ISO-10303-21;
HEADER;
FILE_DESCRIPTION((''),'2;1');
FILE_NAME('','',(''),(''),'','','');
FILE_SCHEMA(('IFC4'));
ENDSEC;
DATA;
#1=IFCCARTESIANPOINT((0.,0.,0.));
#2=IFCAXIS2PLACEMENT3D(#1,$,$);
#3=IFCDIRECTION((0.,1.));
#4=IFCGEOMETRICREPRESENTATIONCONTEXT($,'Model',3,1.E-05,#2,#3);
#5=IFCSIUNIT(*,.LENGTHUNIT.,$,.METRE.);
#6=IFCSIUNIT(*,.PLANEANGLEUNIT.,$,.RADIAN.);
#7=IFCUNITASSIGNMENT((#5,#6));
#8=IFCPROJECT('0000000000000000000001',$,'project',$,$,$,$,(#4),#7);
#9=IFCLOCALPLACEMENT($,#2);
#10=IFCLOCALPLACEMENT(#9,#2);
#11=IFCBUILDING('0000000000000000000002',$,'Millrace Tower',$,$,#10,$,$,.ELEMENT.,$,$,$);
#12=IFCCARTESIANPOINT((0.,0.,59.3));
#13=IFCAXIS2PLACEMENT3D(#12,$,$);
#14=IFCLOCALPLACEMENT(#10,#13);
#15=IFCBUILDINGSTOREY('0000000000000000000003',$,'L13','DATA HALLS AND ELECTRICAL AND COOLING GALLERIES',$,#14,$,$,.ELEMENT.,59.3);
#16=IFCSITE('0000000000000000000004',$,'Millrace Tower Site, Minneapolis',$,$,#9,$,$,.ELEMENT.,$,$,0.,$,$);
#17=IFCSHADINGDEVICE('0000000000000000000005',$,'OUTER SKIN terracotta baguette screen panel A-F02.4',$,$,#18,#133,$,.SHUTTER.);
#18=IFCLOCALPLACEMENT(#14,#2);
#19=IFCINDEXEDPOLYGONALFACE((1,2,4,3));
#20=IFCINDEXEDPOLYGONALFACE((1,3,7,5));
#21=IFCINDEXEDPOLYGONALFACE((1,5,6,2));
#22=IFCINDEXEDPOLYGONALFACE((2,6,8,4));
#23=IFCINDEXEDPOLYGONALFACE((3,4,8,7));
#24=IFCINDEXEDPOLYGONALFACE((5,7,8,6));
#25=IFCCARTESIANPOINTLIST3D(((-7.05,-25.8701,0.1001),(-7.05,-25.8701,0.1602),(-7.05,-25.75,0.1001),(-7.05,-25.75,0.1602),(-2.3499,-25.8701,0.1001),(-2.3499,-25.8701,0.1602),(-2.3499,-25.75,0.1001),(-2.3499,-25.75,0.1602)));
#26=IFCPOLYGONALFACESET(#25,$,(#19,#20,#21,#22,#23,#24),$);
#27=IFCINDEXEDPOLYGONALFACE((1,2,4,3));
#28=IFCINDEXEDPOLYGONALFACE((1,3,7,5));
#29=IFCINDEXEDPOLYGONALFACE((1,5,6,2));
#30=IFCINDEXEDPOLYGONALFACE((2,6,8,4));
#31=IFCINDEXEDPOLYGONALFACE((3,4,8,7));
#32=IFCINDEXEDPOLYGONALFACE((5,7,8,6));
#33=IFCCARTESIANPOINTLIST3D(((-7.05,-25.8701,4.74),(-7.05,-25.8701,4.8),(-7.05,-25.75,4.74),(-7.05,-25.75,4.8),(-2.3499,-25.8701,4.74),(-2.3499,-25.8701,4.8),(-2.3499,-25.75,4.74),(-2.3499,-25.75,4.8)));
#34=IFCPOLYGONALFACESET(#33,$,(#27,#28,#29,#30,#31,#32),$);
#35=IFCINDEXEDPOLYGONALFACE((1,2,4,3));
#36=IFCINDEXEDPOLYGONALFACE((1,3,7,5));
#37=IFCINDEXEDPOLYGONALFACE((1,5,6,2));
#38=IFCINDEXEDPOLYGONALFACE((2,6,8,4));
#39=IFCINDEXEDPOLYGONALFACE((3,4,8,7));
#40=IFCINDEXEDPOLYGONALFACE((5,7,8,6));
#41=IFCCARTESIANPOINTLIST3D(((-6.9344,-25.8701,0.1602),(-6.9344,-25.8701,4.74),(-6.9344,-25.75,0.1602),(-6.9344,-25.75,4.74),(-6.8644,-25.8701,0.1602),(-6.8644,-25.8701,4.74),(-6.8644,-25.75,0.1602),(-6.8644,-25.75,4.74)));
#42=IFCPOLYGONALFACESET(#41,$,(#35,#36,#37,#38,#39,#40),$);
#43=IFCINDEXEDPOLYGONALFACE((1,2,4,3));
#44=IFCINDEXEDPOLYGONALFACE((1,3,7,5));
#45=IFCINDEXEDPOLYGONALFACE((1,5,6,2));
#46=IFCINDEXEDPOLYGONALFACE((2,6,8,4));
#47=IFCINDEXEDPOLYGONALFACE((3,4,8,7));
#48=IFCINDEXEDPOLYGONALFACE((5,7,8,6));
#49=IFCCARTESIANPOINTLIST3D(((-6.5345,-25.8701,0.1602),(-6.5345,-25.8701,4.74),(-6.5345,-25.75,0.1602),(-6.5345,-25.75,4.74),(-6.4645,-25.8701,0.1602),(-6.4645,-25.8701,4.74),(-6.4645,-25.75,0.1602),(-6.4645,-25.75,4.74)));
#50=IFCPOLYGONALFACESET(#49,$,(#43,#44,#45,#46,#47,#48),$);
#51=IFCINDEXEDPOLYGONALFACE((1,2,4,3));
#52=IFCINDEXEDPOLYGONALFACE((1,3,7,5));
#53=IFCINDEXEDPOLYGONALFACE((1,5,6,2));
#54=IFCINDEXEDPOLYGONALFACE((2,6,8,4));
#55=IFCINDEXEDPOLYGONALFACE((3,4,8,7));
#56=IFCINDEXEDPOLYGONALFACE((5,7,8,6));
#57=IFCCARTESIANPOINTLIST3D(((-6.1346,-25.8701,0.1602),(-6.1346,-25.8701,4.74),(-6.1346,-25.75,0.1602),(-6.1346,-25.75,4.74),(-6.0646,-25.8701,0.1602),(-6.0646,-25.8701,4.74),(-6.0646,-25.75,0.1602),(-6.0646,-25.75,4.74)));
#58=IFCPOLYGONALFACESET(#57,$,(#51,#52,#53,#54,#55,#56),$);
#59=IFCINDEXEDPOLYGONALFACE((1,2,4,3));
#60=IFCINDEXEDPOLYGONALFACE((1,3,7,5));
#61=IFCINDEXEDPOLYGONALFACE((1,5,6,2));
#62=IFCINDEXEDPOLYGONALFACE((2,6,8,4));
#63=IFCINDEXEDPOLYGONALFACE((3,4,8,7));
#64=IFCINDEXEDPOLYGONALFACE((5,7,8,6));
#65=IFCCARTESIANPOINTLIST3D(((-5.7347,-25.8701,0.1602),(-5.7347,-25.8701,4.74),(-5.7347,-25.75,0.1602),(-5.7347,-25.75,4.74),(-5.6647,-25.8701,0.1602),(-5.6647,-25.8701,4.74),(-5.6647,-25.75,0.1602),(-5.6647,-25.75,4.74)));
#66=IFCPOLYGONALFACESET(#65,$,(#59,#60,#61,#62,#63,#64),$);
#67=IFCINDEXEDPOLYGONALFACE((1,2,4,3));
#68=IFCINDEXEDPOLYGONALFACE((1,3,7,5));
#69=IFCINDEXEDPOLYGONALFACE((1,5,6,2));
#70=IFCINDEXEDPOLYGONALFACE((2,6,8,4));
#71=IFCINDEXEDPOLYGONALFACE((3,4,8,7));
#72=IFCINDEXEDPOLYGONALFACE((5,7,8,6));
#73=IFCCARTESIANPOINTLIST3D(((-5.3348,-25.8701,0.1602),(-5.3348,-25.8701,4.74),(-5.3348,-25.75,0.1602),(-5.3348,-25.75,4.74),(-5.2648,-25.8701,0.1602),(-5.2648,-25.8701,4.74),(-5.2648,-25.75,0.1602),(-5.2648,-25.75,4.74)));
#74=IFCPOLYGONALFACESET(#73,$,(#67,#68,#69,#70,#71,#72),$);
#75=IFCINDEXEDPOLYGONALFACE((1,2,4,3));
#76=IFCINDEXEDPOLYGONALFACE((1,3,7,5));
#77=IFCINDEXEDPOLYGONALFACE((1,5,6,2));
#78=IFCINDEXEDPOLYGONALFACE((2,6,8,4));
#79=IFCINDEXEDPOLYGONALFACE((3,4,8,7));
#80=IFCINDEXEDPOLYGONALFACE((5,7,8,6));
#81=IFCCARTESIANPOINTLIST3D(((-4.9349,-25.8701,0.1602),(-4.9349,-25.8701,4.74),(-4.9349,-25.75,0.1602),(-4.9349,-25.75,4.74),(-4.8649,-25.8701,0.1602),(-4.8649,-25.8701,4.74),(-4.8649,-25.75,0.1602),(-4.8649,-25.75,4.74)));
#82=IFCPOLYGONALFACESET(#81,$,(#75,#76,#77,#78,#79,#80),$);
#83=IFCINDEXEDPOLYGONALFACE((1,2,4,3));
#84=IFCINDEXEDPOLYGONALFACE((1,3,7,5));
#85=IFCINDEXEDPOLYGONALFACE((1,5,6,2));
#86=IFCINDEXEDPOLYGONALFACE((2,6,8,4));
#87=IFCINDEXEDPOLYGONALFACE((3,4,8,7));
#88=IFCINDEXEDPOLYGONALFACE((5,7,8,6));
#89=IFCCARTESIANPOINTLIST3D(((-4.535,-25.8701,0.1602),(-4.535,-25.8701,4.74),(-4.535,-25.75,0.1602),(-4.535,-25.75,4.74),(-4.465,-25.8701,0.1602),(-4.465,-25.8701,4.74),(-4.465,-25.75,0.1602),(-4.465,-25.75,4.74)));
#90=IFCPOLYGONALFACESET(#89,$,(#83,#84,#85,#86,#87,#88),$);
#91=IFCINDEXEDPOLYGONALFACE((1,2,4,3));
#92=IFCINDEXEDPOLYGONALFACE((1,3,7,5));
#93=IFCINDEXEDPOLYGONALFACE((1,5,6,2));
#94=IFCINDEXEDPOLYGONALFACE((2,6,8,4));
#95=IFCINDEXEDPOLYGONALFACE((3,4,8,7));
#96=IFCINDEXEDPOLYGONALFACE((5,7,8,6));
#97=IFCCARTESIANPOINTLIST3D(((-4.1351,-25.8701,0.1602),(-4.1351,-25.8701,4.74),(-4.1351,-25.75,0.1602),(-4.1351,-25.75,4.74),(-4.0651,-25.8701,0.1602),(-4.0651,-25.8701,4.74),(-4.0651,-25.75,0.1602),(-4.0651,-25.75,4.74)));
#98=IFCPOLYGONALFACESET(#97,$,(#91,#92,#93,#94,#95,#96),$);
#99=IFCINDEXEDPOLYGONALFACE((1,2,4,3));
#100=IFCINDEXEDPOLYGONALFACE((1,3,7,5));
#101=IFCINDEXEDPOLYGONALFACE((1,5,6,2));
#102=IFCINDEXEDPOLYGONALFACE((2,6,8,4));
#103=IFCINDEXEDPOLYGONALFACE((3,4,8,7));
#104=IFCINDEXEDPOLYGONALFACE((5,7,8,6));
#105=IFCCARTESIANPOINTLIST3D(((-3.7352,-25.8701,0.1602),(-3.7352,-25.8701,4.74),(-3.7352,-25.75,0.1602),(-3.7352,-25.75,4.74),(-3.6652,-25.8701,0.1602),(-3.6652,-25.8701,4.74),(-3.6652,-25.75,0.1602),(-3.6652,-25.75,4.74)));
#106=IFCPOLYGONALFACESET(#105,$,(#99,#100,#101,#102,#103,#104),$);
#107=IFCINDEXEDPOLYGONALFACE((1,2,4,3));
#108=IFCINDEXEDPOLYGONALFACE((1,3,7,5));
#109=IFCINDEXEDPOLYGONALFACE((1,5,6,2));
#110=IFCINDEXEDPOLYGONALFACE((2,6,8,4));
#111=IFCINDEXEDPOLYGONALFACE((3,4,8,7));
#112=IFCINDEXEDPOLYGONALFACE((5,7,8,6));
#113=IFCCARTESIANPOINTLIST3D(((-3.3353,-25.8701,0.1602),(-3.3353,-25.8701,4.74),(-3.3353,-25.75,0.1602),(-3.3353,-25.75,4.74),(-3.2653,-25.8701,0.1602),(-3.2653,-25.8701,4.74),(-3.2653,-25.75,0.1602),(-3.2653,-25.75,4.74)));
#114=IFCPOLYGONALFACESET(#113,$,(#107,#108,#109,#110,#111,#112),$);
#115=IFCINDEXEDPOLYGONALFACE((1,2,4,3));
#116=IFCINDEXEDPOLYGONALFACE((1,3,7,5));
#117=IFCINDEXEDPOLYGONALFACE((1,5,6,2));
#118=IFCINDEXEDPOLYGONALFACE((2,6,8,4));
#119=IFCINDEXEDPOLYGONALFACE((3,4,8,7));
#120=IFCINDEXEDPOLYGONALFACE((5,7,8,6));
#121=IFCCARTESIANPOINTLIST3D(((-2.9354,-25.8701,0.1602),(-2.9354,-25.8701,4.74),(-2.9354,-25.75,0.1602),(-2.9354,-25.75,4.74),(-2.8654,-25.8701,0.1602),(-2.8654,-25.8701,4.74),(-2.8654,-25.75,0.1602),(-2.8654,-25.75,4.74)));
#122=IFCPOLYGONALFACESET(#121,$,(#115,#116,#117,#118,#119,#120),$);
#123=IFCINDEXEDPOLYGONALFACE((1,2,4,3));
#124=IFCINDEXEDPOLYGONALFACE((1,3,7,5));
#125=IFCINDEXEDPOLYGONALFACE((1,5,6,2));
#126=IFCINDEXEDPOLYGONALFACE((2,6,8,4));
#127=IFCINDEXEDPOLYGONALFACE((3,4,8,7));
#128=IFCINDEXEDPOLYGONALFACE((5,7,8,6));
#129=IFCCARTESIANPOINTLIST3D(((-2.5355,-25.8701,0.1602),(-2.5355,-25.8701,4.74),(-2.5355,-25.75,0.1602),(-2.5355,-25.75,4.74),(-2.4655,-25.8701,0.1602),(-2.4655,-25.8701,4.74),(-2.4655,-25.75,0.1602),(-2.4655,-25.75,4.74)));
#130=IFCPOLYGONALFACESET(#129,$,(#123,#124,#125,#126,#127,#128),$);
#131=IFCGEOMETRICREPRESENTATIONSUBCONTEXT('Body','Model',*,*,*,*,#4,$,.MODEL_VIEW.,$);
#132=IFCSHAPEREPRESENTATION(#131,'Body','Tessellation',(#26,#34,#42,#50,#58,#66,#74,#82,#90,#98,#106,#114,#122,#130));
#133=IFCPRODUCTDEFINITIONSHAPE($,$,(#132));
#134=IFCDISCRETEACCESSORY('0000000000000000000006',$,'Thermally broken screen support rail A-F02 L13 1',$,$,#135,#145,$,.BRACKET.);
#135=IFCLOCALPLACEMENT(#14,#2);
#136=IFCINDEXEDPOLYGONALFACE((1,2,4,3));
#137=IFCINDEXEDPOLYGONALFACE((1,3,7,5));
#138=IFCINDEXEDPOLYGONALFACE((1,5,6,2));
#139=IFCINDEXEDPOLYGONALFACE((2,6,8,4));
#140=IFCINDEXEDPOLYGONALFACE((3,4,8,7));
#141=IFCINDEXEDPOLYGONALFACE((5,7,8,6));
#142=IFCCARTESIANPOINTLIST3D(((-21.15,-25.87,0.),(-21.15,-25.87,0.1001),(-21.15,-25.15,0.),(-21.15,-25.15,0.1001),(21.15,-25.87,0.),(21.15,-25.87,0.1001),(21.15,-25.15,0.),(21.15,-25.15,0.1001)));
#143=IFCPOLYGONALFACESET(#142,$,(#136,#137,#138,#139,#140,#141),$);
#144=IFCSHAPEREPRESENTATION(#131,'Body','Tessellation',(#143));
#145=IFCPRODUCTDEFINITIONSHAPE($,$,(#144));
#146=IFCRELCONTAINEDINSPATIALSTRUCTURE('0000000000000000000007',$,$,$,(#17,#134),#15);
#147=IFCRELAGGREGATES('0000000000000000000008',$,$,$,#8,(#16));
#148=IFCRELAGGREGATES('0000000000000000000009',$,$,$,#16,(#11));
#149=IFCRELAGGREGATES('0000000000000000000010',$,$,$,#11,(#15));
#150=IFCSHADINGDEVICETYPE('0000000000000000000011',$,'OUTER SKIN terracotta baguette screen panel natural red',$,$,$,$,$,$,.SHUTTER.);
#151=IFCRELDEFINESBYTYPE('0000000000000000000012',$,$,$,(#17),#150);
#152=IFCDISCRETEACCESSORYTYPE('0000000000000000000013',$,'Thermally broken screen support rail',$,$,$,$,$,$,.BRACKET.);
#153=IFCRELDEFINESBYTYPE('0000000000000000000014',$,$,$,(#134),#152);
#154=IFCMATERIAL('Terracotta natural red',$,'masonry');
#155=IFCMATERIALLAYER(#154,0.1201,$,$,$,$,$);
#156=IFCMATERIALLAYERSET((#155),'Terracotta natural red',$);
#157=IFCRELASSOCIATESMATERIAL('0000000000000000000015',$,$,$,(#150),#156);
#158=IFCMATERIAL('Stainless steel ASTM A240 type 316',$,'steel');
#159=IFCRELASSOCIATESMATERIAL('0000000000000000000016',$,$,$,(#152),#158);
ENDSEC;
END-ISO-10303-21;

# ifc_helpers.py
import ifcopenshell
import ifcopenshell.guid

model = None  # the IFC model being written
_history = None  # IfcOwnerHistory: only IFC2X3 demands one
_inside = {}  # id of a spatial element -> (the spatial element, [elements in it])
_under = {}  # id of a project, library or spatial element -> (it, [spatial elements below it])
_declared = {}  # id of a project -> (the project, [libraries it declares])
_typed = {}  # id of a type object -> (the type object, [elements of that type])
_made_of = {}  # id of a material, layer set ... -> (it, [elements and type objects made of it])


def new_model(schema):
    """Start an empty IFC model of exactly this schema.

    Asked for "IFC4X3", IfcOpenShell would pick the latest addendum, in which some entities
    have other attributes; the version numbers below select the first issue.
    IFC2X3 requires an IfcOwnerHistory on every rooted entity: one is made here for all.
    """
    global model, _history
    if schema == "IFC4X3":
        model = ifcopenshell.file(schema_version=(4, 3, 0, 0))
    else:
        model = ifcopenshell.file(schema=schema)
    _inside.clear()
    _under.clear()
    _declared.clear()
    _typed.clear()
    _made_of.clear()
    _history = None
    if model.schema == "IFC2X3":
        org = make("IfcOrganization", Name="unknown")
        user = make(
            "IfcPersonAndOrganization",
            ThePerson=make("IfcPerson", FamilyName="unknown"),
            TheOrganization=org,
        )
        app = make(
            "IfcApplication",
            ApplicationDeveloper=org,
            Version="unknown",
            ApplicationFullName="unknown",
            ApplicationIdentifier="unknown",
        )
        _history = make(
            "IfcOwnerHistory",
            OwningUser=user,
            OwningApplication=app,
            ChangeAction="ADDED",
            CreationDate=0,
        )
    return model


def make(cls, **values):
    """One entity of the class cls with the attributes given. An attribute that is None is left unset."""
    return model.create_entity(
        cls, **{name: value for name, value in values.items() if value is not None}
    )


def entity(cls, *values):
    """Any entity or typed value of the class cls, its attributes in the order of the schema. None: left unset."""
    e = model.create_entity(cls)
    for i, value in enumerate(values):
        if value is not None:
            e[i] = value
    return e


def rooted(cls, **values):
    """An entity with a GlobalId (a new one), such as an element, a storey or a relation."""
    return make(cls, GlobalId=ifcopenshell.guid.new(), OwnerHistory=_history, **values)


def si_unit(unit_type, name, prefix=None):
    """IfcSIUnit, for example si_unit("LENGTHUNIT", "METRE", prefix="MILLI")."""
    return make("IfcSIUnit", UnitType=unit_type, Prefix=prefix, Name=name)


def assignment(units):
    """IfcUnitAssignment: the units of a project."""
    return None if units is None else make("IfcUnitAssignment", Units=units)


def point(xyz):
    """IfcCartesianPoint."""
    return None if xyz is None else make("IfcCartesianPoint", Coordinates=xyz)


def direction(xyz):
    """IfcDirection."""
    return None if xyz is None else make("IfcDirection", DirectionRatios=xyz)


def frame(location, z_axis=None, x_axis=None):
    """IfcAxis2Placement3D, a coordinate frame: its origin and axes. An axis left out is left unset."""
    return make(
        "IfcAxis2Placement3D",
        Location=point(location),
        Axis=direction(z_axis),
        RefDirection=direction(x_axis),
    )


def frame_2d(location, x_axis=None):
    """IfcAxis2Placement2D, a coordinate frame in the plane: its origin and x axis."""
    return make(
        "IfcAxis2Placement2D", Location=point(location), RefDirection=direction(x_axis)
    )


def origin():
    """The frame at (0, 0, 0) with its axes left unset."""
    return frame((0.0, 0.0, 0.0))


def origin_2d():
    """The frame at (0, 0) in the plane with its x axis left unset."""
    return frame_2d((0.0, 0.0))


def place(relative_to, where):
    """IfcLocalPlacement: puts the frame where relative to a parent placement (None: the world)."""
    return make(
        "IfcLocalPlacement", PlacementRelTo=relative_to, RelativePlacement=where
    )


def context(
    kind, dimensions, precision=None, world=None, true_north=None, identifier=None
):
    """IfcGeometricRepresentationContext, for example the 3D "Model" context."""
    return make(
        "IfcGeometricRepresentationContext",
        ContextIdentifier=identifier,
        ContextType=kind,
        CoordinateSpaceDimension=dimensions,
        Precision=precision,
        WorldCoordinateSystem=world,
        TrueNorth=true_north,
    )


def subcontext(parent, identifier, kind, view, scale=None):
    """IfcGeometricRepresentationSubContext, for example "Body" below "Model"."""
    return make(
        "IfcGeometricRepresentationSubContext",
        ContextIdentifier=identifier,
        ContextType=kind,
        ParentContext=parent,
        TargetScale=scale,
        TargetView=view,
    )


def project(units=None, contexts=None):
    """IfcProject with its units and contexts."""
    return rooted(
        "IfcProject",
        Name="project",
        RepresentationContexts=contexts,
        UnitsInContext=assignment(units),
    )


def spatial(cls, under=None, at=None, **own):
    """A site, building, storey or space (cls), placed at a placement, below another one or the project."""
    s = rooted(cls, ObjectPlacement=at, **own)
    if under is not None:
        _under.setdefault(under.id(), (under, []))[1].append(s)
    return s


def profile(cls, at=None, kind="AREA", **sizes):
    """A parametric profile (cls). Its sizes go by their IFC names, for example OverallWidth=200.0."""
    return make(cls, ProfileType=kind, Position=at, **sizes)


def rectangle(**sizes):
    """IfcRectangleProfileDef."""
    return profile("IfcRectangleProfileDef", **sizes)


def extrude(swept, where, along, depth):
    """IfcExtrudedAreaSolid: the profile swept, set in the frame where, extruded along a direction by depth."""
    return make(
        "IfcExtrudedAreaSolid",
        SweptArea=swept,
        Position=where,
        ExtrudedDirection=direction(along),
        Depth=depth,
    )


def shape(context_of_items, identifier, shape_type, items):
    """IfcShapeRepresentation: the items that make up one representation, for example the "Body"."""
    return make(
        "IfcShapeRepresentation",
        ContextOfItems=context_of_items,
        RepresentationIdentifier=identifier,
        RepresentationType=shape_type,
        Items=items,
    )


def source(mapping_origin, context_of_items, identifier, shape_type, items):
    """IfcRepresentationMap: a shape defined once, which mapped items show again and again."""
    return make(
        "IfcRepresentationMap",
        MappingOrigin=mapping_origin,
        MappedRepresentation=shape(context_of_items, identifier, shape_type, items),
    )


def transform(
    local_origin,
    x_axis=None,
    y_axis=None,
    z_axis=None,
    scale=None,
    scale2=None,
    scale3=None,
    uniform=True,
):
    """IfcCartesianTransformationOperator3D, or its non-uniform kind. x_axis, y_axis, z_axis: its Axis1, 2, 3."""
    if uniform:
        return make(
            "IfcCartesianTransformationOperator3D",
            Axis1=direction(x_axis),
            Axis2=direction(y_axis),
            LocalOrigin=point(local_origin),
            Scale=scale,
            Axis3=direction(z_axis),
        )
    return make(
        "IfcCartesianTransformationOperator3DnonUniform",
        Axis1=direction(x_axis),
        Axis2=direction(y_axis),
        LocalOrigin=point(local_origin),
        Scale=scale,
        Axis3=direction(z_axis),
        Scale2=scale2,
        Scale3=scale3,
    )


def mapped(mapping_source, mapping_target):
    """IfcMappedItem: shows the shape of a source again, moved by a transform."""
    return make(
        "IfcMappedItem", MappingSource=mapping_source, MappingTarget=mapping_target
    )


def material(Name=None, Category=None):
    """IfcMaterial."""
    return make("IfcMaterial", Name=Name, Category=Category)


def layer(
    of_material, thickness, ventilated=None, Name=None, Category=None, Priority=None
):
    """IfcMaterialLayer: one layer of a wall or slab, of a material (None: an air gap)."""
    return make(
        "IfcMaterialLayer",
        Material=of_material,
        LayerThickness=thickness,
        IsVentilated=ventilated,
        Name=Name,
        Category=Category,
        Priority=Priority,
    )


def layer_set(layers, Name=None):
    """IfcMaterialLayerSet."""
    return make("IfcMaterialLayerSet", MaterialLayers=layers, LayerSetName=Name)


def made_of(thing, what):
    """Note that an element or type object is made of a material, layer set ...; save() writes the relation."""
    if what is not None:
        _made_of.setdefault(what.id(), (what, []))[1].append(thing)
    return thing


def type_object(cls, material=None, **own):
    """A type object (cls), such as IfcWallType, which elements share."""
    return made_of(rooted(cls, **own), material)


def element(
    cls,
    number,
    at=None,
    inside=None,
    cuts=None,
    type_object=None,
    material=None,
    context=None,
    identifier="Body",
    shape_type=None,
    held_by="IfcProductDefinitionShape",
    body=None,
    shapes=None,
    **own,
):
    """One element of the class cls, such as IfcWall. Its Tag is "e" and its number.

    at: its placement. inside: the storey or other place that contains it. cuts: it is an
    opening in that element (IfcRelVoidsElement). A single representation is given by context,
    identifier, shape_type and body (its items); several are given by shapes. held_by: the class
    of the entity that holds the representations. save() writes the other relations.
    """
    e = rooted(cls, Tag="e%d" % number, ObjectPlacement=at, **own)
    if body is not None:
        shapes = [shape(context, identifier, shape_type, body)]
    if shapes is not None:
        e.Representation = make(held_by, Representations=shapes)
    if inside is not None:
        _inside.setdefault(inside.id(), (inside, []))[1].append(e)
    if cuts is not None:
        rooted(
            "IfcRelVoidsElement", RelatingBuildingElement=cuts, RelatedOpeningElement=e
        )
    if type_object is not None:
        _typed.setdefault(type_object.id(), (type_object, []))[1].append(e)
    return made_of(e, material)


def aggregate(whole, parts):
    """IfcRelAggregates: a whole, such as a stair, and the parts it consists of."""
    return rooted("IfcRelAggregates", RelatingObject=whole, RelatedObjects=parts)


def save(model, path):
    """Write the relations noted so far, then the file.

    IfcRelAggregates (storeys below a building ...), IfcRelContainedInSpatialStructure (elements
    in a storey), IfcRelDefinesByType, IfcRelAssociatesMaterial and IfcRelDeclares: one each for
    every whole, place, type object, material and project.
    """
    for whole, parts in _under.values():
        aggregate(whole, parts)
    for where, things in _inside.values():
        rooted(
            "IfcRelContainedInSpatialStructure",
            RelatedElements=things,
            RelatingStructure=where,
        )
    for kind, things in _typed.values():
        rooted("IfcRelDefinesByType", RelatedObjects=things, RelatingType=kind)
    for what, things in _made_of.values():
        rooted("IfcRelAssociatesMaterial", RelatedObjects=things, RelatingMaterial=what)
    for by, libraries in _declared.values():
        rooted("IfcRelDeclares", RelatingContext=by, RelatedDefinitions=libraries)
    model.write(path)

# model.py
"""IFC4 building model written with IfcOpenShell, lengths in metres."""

from ifc_helpers import new_model, entity, si_unit, direction, frame, frame_2d, origin, origin_2d, place, context, subcontext, project, spatial, rectangle, extrude, source, transform, mapped, material, layer, layer_set, type_object, element, save


model = new_model("IFC4")

# Units and contexts
model_context = context("Model", 3, precision=1e-05, world=origin(), true_north=direction((0.0, 1.0)))
body_context = subcontext(model_context, "Body", "Model", "MODEL_VIEW")
ifc_project = project(units=[si_unit("LENGTHUNIT", "METRE"), si_unit("PLANEANGLEUNIT", "RADIAN")], contexts=[model_context])

# Site, building, storey
site_placement = place(None, origin())
site = spatial("IfcSite", under=ifc_project, at=site_placement, Name="Millrace Tower Site, Minneapolis", CompositionType="ELEMENT", RefElevation=0.0)
building_placement = place(site_placement, origin())
building = spatial("IfcBuilding", under=site, at=building_placement, Name="Millrace Tower", CompositionType="ELEMENT")
storey_placement = place(building_placement, frame((0.0, 0.0, 59.3)))
storey = spatial("IfcBuildingStorey", under=building, at=storey_placement, Name="L13", Description="DATA HALLS AND ELECTRICAL AND COOLING GALLERIES", CompositionType="ELEMENT", Elevation=59.3)

# Shading device
cartesian_point = entity("IfcCartesianPoint", [-2.3501, 0.0601])
shared_polyline = entity("IfcPolyline", [cartesian_point, entity("IfcCartesianPoint", [2.3501, 0.0601]), entity("IfcCartesianPoint", [2.3501, -0.0601]), entity("IfcCartesianPoint", [-2.3501, -0.0601]), cartesian_point])
ifc_material_1 = material(Name="Terracotta natural red", Category="masonry")
ifc_layer_1 = layer(ifc_material_1, 0.1201)
ifc_layer_set_1 = layer_set([ifc_layer_1], Name="Terracotta natural red")
shading_device_type_1 = type_object("IfcShadingDeviceType", Name="OUTER SKIN terracotta baguette screen panel natural red", PredefinedType="SHUTTER", material=ifc_layer_set_1)
shared_shape_1 = source(origin(), body_context, "Body", "SweptSolid", [
    entity("IfcExtrudedAreaSolid", entity("IfcArbitraryClosedProfileDef", "AREA", None, shared_polyline), entity("IfcAxis2Placement3D", entity("IfcCartesianPoint", [0.0, 0.0, 0.0])), entity("IfcDirection", [0.0, 0.0, 1.0]), 0.0601),
    entity("IfcExtrudedAreaSolid", entity("IfcArbitraryClosedProfileDef", "AREA", None, shared_polyline), entity("IfcAxis2Placement3D", entity("IfcCartesianPoint", [0.0, 0.0, 4.6399])), entity("IfcDirection", [0.0, 0.0, 1.0]), 0.0601),
    extrude(rectangle(XDim=0.0701, YDim=0.1201, at=frame_2d((-2.1995, 0.0))), frame((0.0, 0.0, 0.0601)), (0.0, 0.0, 1.0), 4.5798),
    extrude(rectangle(XDim=0.0701, YDim=0.1201, at=frame_2d((-1.7996, 0.0))), frame((0.0, 0.0, 0.0601)), (0.0, 0.0, 1.0), 4.5798),
    extrude(rectangle(XDim=0.0701, YDim=0.1201, at=frame_2d((-1.3997, 0.0))), frame((0.0, 0.0, 0.0601)), (0.0, 0.0, 1.0), 4.5798),
    extrude(rectangle(XDim=0.0701, YDim=0.1201, at=frame_2d((-0.9998, 0.0))), frame((0.0, 0.0, 0.0601)), (0.0, 0.0, 1.0), 4.5798),
    extrude(rectangle(XDim=0.0701, YDim=0.1201, at=frame_2d((-0.5999, 0.0))), frame((0.0, 0.0, 0.0601)), (0.0, 0.0, 1.0), 4.5798),
    extrude(rectangle(XDim=0.0701, YDim=0.1201, at=frame_2d((-0.2, 0.0))), frame((0.0, 0.0, 0.0601)), (0.0, 0.0, 1.0), 4.5798),
    extrude(rectangle(XDim=0.0701, YDim=0.1201, at=frame_2d((0.2, 0.0))), frame((0.0, 0.0, 0.0601)), (0.0, 0.0, 1.0), 4.5798),
    extrude(rectangle(XDim=0.0701, YDim=0.1201, at=frame_2d((0.5999, 0.0))), frame((0.0, 0.0, 0.0601)), (0.0, 0.0, 1.0), 4.5798),
    extrude(rectangle(XDim=0.0701, YDim=0.1201, at=frame_2d((0.9998, 0.0))), frame((0.0, 0.0, 0.0601)), (0.0, 0.0, 1.0), 4.5798),
    extrude(rectangle(XDim=0.0701, YDim=0.1201, at=frame_2d((1.3997, 0.0))), frame((0.0, 0.0, 0.0601)), (0.0, 0.0, 1.0), 4.5798),
    extrude(rectangle(XDim=0.0701, YDim=0.1201, at=frame_2d((1.7996, 0.0))), frame((0.0, 0.0, 0.0601)), (0.0, 0.0, 1.0), 4.5798),
    extrude(rectangle(XDim=0.0701, YDim=0.1201, at=frame_2d((2.1995, 0.0))), frame((0.0, 0.0, 0.0601)), (0.0, 0.0, 1.0), 4.5798),
])
for number, where, z_axis, x_axis, name in (
    (1, (-4.7, -25.8101, 0.1001), (0.0, 0.0, 1.0), (1.0, 0.0, 0.0), "OUTER SKIN terracotta baguette screen panel A-F02.4"),
):
    element("IfcShadingDevice", number, at=place(storey_placement, frame(where, z_axis=z_axis, x_axis=x_axis)), inside=storey, type_object=shading_device_type_1, Name=name, PredefinedType="SHUTTER", context=body_context, shape_type="MappedRepresentation", body=[
        mapped(shared_shape_1, transform((0.0, 0.0, 0.0), scale=1.0)),
    ])

# Discrete accessory
ifc_material_2 = material(Name="Stainless steel ASTM A240 type 316", Category="steel")
discrete_accessory_type = type_object("IfcDiscreteAccessoryType", Name="Thermally broken screen support rail", PredefinedType="BRACKET", material=ifc_material_2)
discrete_accessory_placement = place(storey_placement, frame((0.0, -25.51, 0.0), z_axis=(0.0, 0.0, 1.0), x_axis=(1.0, 0.0, 0.0)))
element("IfcDiscreteAccessory", 2, at=discrete_accessory_placement, inside=storey, type_object=discrete_accessory_type, Name="Thermally broken screen support rail A-F02 L13 1", PredefinedType="BRACKET", context=body_context, shape_type="SweptSolid", body=[
    extrude(rectangle(XDim=42.3, YDim=0.72, at=origin_2d()), origin(), (0.0, 0.0, 1.0), 0.1001),
])

save(model, "model.ifc")
